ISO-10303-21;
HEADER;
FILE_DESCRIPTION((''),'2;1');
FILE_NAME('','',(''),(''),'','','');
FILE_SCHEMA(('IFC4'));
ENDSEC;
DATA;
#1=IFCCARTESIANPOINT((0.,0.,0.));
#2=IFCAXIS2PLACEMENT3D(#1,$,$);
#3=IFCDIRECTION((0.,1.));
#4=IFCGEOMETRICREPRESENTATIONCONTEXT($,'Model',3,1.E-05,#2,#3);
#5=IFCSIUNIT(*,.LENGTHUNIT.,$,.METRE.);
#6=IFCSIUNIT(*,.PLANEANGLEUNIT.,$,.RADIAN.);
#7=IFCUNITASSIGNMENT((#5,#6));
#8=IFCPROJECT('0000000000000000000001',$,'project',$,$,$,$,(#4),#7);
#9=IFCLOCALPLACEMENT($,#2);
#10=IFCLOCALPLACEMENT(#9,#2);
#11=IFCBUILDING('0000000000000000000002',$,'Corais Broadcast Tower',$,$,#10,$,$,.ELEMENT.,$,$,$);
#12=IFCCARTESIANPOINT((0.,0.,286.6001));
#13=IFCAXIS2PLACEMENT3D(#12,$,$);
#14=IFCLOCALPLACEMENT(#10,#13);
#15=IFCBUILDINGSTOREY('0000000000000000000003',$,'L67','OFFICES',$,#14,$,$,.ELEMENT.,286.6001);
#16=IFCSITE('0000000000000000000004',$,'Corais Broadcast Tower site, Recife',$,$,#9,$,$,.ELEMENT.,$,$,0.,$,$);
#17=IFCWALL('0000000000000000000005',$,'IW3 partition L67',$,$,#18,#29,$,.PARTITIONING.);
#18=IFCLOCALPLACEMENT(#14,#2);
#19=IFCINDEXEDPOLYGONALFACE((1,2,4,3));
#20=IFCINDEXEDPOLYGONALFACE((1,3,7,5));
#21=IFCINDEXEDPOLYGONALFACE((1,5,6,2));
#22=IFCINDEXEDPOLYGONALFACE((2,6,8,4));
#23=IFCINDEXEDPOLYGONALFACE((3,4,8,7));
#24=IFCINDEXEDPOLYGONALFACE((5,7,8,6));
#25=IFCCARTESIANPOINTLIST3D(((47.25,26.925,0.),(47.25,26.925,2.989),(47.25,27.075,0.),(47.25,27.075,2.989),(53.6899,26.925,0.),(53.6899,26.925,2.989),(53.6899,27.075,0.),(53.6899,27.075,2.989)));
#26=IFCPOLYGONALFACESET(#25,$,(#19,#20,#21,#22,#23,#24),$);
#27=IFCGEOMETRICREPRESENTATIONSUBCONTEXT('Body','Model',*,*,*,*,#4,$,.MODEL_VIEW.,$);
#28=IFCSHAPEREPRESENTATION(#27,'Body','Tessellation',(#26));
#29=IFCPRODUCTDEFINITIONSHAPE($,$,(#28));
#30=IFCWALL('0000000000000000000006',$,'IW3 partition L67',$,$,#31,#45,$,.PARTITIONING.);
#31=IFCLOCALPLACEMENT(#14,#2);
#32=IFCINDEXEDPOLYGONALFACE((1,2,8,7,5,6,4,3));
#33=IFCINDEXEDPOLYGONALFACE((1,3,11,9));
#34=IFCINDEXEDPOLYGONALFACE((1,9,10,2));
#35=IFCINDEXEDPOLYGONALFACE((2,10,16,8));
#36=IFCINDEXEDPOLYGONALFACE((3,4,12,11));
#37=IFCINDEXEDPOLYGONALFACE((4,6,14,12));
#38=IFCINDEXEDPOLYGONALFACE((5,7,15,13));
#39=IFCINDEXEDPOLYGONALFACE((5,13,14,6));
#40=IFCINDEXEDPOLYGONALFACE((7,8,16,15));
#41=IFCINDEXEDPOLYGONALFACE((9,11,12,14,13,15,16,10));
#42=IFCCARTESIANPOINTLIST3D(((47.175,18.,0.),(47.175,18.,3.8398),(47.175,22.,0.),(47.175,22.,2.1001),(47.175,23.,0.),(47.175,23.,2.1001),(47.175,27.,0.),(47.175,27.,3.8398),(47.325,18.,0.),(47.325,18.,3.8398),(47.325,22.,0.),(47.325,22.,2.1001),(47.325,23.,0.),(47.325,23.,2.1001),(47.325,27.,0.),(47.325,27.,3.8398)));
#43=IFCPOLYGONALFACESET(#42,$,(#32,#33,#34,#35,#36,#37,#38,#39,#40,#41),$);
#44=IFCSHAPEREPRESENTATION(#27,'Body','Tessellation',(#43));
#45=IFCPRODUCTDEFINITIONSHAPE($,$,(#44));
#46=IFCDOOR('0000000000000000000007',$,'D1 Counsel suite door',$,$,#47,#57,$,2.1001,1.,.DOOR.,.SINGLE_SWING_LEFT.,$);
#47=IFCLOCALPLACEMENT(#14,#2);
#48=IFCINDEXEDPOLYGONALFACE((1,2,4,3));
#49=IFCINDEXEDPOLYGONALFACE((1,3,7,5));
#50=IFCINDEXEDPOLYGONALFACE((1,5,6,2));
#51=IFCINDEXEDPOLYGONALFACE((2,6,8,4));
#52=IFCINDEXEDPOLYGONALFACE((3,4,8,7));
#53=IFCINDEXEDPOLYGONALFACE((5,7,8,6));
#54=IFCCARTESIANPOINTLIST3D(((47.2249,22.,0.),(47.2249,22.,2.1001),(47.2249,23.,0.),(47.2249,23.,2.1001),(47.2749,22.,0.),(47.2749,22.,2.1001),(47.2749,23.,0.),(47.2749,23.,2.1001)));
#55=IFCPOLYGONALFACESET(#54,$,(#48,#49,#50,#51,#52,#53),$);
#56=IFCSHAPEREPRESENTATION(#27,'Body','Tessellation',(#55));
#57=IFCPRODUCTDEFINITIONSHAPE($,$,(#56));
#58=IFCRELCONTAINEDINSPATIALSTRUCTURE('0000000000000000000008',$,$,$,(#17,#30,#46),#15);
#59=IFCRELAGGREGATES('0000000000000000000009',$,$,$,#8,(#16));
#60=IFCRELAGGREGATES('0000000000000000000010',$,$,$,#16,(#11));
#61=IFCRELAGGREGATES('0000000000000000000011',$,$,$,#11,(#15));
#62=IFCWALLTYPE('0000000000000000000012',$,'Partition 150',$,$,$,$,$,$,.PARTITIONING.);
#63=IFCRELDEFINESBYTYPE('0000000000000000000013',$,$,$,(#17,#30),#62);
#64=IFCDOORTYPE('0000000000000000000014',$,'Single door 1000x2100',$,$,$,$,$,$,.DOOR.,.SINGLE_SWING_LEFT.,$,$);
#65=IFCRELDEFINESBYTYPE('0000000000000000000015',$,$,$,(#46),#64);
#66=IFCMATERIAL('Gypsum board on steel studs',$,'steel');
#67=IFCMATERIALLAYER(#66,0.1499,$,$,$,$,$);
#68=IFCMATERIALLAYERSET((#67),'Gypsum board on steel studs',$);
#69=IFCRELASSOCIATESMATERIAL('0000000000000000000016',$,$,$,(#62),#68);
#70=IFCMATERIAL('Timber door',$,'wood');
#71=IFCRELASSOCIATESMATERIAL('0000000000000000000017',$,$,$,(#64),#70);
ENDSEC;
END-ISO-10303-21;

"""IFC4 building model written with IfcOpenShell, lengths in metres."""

from ifc_helpers import new_model, si_unit, direction, frame, frame_2d, origin, place, context, subcontext, project, spatial, rectangle, extrude, material, layer, layer_set, type_object, element, fill, save


model = new_model("IFC4")

# Units and contexts
model_context = context("Model", 3, precision=1e-05, world=origin(), true_north=direction((0.0, 1.0)))
body_context = subcontext(model_context, "Body", "Model", "MODEL_VIEW")
ifc_project = project(units=[si_unit("LENGTHUNIT", "METRE"), si_unit("PLANEANGLEUNIT", "RADIAN")], contexts=[model_context])

# Site, building, storey
site_placement = place(None, origin())
site = spatial("IfcSite", under=ifc_project, at=site_placement, Name="Corais Broadcast Tower site, Recife", CompositionType="ELEMENT", RefElevation=0.0)
building_placement = place(site_placement, origin())
building = spatial("IfcBuilding", under=site, at=building_placement, Name="Corais Broadcast Tower", CompositionType="ELEMENT")
storey_placement = place(building_placement, frame((0.0, 0.0, 286.6001)))
storey = spatial("IfcBuildingStorey", under=building, at=storey_placement, Name="L67", Description="OFFICES", CompositionType="ELEMENT", Elevation=286.6001)

# Wall
ifc_material_1 = material(Name="Gypsum board on steel studs", Category="steel")
ifc_layer_1 = layer(ifc_material_1, 0.1499)
ifc_layer_set_1 = layer_set([ifc_layer_1], Name="Gypsum board on steel studs")
wall_type = type_object("IfcWallType", Name="Partition 150", PredefinedType="PARTITIONING", material=ifc_layer_set_1)
for number, where, z_axis, x_axis, name in (
    (1, (53.6899, 27.0, 0.0), (0.0, 0.0, 1.0), (-1.0, 0.0, 0.0), "IW3 partition L67"),
):
    element("IfcWall", number, at=place(storey_placement, frame(where, z_axis=z_axis, x_axis=x_axis)), inside=storey, type_object=wall_type, Name=name, PredefinedType="PARTITIONING", context=body_context, shape_type="SweptSolid", body=[
        extrude(rectangle(XDim=6.4399, YDim=0.1499, at=frame_2d((3.22, 0.0))), origin(), (0.0, 0.0, 1.0), 2.989),
    ])

# Wall, opening, door
wall_1_placement = place(storey_placement, frame((47.25, 27.0, 0.0), z_axis=(0.0, 0.0, 1.0), x_axis=(0.0, -1.0, 0.0)))
wall_1 = element("IfcWall", 2, at=wall_1_placement, inside=storey, type_object=wall_type, Name="IW3 partition L67", PredefinedType="PARTITIONING", context=body_context, shape_type="SweptSolid", body=[
    extrude(rectangle(XDim=9.0, YDim=0.1499, at=frame_2d((4.5, 0.0))), origin(), (0.0, 0.0, 1.0), 3.8398),
])
opening_placement = place(wall_1_placement, frame((4.0, 0.0, 0.0)))
opening = element("IfcOpeningElement", 3, at=opening_placement, cuts=wall_1, PredefinedType="OPENING", context=body_context, shape_type="SweptSolid", body=[
    extrude(rectangle(XDim=1.0, YDim=2.1001, at=frame_2d((0.5, 1.05))), frame((0.0, 0.085, 0.0), z_axis=(0.0, -1.0, 0.0), x_axis=(1.0, 0.0, 0.0)), (0.0, 0.0, 1.0), 0.1699),
])
ifc_material_2 = material(Name="Timber door", Category="wood")
door_type = type_object("IfcDoorType", Name="Single door 1000x2100", OperationType="SINGLE_SWING_LEFT", PredefinedType="DOOR", material=ifc_material_2)
door_placement = place(opening_placement, origin())
door = element("IfcDoor", 4, at=door_placement, inside=storey, type_object=door_type, Name="D1 Counsel suite door", OperationType="SINGLE_SWING_LEFT", OverallHeight=2.1001, OverallWidth=1.0, PredefinedType="DOOR", context=body_context, shape_type="SweptSolid", body=[
    extrude(rectangle(XDim=1.0, YDim=2.1001, at=frame_2d((0.5, 1.05))), frame((0.0, 0.0249, 0.0), z_axis=(0.0, -1.0, 0.0), x_axis=(1.0, 0.0, 0.0)), (0.0, 0.0, 1.0), 0.05),
])
fill(opening, door)

save(model, "model.ifc")
